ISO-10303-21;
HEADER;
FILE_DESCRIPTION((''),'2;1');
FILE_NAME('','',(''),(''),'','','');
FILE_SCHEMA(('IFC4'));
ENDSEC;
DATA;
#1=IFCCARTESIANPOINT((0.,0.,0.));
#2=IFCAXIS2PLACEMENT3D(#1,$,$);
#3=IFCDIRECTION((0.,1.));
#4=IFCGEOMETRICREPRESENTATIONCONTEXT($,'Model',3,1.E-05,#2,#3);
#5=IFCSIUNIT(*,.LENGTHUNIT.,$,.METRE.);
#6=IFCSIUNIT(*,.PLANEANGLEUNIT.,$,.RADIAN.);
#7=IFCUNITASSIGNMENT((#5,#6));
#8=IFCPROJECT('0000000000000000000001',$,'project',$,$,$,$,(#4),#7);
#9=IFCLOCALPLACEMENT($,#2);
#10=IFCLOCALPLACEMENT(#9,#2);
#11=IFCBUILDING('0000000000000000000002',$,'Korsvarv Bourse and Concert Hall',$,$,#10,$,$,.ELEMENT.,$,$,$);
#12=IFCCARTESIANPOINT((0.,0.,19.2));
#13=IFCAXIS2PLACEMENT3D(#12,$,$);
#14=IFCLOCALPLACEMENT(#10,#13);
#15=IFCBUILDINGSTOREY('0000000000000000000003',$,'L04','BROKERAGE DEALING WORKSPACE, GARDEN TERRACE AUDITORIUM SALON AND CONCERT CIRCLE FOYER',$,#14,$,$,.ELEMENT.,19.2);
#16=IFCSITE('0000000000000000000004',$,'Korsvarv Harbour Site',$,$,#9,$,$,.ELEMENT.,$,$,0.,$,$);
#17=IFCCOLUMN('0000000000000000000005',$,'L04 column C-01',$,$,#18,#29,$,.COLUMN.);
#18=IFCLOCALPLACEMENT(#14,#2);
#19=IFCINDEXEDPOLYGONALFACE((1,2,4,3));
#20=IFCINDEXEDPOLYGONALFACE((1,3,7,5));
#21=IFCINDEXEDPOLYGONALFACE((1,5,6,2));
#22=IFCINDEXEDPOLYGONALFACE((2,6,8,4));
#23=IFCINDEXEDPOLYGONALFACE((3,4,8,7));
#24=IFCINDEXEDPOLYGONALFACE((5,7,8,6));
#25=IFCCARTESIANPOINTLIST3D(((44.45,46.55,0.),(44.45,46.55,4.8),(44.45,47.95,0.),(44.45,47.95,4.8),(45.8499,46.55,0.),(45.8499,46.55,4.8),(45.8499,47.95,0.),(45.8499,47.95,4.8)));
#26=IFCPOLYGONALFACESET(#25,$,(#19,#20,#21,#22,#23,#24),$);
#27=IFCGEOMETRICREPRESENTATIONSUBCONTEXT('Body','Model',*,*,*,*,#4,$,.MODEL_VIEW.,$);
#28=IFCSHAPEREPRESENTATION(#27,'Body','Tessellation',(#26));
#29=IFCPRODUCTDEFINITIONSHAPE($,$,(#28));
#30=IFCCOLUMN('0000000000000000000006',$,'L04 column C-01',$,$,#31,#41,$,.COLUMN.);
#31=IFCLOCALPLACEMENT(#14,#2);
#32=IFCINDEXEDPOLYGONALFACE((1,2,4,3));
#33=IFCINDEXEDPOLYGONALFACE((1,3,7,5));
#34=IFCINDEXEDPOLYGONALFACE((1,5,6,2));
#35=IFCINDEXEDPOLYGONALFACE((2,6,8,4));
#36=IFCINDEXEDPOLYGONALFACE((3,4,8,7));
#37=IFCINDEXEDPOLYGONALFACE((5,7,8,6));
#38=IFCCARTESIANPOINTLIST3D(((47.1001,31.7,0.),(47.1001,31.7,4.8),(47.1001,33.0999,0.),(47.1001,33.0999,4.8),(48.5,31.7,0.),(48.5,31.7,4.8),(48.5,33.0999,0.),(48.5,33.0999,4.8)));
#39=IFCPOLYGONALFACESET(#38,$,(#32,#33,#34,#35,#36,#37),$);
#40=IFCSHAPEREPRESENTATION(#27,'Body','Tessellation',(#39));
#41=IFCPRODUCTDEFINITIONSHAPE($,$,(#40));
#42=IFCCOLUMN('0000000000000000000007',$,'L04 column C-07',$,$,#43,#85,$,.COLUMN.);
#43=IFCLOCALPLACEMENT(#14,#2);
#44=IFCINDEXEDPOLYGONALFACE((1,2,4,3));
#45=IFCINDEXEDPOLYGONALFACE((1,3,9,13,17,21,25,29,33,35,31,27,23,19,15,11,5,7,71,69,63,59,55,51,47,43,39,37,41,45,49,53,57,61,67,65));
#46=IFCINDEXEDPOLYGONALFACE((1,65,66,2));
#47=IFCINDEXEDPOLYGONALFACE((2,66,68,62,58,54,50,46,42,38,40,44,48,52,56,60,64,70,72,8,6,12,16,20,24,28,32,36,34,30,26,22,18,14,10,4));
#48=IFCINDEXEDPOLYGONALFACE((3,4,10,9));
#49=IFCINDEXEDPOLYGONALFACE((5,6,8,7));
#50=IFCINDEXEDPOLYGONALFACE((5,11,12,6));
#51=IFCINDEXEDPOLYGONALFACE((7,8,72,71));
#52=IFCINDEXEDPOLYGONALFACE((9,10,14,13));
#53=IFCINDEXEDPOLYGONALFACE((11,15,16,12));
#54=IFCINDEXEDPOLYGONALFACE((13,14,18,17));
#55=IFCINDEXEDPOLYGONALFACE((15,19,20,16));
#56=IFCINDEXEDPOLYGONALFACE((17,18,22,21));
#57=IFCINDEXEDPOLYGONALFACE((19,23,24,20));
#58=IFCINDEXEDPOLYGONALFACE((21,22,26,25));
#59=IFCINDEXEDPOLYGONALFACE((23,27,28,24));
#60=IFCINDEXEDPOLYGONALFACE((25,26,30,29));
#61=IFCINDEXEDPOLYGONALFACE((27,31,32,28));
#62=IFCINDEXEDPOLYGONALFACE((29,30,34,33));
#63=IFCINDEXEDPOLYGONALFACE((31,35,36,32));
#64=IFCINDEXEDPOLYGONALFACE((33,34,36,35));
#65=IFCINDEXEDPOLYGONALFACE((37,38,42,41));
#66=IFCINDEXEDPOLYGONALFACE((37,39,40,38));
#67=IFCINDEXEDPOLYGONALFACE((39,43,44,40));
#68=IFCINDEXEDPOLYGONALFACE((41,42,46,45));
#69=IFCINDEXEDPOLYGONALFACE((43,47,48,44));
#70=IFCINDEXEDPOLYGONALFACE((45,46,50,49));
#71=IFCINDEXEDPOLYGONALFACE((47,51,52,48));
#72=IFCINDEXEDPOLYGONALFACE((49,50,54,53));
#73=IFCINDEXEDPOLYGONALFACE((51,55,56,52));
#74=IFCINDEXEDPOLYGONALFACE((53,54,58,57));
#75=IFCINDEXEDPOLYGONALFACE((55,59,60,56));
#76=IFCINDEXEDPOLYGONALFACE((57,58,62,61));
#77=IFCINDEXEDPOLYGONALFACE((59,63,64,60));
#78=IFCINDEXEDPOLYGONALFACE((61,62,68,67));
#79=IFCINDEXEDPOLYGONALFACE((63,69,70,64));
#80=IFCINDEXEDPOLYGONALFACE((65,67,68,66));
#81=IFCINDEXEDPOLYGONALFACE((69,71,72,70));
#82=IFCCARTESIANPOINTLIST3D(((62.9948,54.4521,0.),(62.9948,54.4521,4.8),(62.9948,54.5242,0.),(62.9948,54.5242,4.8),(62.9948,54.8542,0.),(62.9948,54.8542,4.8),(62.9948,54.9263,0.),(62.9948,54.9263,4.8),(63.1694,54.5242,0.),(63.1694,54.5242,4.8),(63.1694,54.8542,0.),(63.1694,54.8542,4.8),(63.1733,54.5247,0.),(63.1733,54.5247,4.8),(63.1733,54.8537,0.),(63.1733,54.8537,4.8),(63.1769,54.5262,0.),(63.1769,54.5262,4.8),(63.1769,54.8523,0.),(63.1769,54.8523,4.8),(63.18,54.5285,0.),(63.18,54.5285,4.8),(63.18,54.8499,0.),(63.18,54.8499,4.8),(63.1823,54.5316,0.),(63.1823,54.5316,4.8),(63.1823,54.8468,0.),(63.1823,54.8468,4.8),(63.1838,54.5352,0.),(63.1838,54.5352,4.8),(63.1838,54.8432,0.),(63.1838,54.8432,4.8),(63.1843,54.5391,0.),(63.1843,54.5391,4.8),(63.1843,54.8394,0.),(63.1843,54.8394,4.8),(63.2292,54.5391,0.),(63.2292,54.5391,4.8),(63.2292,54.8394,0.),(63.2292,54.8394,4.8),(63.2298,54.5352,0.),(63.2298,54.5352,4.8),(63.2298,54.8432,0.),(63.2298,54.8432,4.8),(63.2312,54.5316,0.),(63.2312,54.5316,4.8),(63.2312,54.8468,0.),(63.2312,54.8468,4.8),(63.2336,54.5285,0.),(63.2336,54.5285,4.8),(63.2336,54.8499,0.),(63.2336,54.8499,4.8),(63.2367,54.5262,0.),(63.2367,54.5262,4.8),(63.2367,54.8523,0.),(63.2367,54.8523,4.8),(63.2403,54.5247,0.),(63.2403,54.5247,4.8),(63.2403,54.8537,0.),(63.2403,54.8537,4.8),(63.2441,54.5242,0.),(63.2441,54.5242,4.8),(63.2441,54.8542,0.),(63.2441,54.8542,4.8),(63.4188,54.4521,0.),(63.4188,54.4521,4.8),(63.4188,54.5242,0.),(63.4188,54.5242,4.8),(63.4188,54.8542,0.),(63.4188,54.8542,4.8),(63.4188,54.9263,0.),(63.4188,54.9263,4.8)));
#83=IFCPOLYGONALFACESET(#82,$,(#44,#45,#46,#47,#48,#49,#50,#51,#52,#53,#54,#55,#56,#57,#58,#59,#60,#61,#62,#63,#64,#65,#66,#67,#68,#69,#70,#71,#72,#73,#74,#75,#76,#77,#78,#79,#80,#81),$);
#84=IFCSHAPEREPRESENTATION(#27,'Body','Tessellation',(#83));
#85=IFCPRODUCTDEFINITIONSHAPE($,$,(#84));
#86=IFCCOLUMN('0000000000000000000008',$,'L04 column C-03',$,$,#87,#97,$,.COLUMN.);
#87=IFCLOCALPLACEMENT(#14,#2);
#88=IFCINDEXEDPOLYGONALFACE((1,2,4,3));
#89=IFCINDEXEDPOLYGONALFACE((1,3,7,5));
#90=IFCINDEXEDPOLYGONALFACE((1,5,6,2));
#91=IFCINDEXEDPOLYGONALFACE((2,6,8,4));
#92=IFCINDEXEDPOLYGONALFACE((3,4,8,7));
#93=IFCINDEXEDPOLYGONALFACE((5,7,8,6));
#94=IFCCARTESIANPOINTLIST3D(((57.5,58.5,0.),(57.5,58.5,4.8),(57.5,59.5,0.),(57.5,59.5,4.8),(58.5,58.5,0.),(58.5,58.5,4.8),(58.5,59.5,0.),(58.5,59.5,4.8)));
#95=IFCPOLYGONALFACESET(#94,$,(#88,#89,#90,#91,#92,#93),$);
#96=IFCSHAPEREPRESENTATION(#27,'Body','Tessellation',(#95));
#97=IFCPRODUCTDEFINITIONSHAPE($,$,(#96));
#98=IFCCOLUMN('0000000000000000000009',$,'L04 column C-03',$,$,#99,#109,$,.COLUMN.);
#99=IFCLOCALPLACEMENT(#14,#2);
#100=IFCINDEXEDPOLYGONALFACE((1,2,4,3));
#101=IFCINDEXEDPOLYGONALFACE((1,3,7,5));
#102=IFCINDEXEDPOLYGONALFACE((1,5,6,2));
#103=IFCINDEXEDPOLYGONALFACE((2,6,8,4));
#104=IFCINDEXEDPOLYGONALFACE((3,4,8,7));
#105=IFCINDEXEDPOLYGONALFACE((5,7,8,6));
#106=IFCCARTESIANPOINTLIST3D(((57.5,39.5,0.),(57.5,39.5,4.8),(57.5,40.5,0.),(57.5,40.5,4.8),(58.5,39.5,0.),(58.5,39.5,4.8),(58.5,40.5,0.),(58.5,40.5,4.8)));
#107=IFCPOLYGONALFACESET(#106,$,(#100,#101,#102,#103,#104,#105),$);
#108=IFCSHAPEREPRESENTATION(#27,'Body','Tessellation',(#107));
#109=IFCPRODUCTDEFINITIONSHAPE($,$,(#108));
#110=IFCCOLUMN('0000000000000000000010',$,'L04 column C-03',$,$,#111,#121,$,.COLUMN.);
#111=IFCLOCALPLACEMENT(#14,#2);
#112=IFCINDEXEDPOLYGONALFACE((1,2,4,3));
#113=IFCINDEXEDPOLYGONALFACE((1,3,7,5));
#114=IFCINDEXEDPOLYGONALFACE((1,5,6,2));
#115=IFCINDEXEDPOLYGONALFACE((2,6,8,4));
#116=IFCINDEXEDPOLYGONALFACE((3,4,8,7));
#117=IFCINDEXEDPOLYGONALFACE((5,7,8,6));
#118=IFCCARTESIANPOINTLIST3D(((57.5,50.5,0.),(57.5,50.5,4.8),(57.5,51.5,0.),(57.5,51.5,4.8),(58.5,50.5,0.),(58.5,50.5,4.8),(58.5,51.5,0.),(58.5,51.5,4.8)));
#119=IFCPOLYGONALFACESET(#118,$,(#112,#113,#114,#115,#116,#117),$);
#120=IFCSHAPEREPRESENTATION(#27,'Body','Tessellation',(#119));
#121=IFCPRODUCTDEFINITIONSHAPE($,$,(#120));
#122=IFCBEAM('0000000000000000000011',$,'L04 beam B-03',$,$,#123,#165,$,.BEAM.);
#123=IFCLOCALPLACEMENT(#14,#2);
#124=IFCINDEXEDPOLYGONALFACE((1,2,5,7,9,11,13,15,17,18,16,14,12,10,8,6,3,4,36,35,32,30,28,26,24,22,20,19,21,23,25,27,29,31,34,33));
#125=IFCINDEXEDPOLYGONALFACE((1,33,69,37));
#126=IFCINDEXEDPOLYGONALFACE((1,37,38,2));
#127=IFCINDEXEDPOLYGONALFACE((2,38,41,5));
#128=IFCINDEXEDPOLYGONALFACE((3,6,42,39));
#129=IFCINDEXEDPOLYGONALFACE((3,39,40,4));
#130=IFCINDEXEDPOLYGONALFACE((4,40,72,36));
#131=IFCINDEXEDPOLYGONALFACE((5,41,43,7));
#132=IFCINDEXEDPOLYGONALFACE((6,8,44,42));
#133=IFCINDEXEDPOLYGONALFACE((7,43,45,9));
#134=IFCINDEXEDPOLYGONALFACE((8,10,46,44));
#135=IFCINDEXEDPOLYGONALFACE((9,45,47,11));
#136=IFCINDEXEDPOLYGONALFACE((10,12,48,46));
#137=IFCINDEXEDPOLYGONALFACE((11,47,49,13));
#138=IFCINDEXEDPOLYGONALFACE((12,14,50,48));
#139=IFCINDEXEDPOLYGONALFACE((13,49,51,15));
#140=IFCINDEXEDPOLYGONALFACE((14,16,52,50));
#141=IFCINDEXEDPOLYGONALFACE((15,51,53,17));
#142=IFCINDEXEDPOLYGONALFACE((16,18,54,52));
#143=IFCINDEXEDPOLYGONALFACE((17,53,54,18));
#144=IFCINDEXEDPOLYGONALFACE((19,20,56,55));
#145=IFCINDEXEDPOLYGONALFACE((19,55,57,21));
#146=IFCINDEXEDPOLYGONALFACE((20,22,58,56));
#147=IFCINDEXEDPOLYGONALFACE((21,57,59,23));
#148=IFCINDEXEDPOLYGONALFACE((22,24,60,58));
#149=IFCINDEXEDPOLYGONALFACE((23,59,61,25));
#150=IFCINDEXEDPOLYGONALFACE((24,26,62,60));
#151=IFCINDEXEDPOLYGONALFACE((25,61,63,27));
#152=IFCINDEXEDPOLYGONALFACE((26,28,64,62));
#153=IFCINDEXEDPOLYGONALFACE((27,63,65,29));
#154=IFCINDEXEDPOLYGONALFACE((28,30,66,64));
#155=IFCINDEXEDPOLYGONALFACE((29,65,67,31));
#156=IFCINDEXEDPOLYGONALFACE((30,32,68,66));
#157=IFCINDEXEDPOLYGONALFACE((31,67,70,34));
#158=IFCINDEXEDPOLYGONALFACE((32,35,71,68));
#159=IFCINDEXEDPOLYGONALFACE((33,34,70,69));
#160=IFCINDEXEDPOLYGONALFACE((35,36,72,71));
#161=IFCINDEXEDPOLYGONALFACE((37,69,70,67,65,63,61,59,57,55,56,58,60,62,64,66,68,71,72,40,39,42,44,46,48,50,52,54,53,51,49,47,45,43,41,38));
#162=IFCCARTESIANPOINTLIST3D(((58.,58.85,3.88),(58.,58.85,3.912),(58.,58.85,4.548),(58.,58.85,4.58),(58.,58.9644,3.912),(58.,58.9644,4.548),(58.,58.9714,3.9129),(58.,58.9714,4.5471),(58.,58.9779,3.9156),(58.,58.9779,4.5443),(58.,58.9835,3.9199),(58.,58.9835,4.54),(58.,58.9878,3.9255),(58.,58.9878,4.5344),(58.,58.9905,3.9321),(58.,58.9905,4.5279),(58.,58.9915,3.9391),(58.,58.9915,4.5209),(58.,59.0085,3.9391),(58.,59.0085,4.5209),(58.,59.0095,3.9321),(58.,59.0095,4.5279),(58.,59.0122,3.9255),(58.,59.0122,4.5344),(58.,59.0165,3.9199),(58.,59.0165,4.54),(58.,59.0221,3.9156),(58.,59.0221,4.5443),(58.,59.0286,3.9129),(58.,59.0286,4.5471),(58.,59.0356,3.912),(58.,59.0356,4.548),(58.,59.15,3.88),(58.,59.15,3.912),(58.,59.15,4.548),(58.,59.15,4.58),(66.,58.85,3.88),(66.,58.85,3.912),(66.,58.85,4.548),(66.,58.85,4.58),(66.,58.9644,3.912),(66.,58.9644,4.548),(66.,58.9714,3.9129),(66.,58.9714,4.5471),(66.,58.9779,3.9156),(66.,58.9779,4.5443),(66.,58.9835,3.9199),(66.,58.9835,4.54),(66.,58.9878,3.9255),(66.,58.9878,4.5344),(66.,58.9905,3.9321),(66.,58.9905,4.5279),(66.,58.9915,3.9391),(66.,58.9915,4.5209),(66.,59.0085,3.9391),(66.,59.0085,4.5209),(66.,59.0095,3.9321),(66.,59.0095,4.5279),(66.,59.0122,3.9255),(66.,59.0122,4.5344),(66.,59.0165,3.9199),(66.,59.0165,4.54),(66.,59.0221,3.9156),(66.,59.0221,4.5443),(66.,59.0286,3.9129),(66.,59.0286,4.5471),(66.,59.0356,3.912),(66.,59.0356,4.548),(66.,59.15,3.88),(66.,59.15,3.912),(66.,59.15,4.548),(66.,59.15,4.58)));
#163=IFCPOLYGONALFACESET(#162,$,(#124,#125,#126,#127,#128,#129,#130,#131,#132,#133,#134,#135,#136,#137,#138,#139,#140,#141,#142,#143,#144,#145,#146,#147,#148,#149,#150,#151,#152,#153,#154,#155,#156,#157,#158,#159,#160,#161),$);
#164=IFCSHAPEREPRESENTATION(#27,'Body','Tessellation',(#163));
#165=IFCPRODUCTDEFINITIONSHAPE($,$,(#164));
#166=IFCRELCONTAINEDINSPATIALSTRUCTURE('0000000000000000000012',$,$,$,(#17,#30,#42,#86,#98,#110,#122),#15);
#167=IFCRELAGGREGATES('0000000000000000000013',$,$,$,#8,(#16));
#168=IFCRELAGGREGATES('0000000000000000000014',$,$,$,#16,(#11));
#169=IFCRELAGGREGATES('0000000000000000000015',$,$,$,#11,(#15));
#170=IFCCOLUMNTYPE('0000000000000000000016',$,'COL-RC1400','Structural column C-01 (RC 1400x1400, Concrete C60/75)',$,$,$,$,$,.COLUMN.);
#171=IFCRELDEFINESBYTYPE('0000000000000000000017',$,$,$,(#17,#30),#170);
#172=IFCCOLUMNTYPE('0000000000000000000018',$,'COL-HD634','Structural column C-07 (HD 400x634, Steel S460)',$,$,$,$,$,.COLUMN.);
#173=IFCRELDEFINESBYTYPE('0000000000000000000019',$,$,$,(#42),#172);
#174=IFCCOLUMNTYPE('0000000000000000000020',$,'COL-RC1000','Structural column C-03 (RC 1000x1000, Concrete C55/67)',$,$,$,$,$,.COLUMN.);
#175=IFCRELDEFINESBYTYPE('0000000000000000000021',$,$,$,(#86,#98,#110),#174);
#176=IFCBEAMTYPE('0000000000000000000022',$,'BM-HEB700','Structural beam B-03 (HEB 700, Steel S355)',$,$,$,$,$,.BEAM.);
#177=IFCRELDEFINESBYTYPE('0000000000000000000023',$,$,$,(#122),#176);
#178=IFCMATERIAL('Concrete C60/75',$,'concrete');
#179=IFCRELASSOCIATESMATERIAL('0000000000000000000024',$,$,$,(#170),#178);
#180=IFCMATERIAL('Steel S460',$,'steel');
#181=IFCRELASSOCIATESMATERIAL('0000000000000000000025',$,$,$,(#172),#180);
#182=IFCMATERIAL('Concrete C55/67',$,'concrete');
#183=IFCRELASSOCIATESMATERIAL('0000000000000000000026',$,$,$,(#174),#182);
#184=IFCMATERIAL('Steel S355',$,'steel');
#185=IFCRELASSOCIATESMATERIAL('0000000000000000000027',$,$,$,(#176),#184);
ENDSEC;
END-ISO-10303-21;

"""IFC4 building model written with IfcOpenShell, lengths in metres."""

from ifc_helpers import new_model, si_unit, direction, frame, origin, origin_2d, place, context, subcontext, project, spatial, rectangle, i_section, extrude, source, transform, mapped, material, material_profile, profile_set, type_object, element, save


model = new_model("IFC4")

# Units and contexts
model_context = context("Model", 3, precision=1e-05, world=origin(), true_north=direction((0.0, 1.0)))
body_context = subcontext(model_context, "Body", "Model", "MODEL_VIEW")
ifc_project = project(units=[si_unit("LENGTHUNIT", "METRE"), si_unit("PLANEANGLEUNIT", "RADIAN")], contexts=[model_context])

# Site, building, storey
site_placement = place(None, origin())
site = spatial("IfcSite", under=ifc_project, at=site_placement, Name="Korsvarv Harbour Site", CompositionType="ELEMENT", RefElevation=0.0)
building_placement = place(site_placement, origin())
building = spatial("IfcBuilding", under=site, at=building_placement, Name="Korsvarv Bourse and Concert Hall", CompositionType="ELEMENT")
storey_placement = place(building_placement, frame((0.0, 0.0, 19.2)))
storey = spatial("IfcBuildingStorey", under=building, at=storey_placement, Name="L04", Description="BROKERAGE DEALING WORKSPACE, GARDEN TERRACE AUDITORIUM SALON AND CONCERT CIRCLE FOYER", CompositionType="ELEMENT", Elevation=19.2)

# Columns
ifc_material_1 = material(Name="Concrete C60/75", Category="concrete")
ifc_material_profile_1 = material_profile(ifc_material_1, rectangle(XDim=1.3999, YDim=1.3999, at=origin_2d()), Name="RC 1400x1400")
ifc_profile_set_1 = profile_set([ifc_material_profile_1], Name="Concrete C60/75")
column_type_1 = type_object("IfcColumnType", Name="COL-RC1400", Description="Structural column C-01 (RC 1400x1400, Concrete C60/75)", PredefinedType="COLUMN", material=ifc_profile_set_1)
shared_shape_1 = source(origin(), body_context, "Body", "SweptSolid", [
    extrude(rectangle(XDim=1.3999, YDim=1.3999, at=origin_2d()), origin(), (0.0, 0.0, 1.0), 4.8),
])
for number, where, z_axis, x_axis, name in (
    (1, (45.1499, 47.25, 0.0), (0.0, 0.0, 1.0), (1.0, 0.0, 0.0), "L04 column C-01"),
    (2, (47.8, 32.3999, 0.0), (0.0, 0.0, 1.0), (1.0, 0.0, 0.0), "L04 column C-01"),
):
    element("IfcColumn", number, at=place(storey_placement, frame(where, z_axis=z_axis, x_axis=x_axis)), inside=storey, type_object=column_type_1, Name=name, PredefinedType="COLUMN", context=body_context, shape_type="MappedRepresentation", body=[
        mapped(shared_shape_1, transform((0.0, 0.0, 0.0), scale=1.0)),
    ])
ifc_material_2 = material(Name="Steel S460", Category="steel")
ifc_material_profile_2 = material_profile(ifc_material_2, i_section(OverallWidth=0.4241, OverallDepth=0.4741, WebThickness=0.0449, FlangeThickness=0.072, FilletRadius=0.0149, at=origin_2d()), Name="HD 400x634")
ifc_profile_set_2 = profile_set([ifc_material_profile_2], Name="Steel S460")
column_type_2 = type_object("IfcColumnType", Name="COL-HD634", Description="Structural column C-07 (HD 400x634, Steel S460)", PredefinedType="COLUMN", material=ifc_profile_set_2)
shared_shape_2 = source(origin(), body_context, "Body", "SweptSolid", [
    extrude(i_section(OverallWidth=0.4241, OverallDepth=0.4741, WebThickness=0.0449, FlangeThickness=0.072, FilletRadius=0.0149, at=origin_2d()), origin(), (0.0, 0.0, 1.0), 4.8),
])
column_placement = place(storey_placement, frame((63.2068, 54.6892, 0.0), z_axis=(0.0, 0.0, 1.0), x_axis=(1.0, 0.0, 0.0)))
element("IfcColumn", 3, at=column_placement, inside=storey, type_object=column_type_2, Name="L04 column C-07", PredefinedType="COLUMN", context=body_context, shape_type="MappedRepresentation", body=[
    mapped(shared_shape_2, transform((0.0, 0.0, 0.0), scale=1.0)),
])
ifc_material_3 = material(Name="Concrete C55/67", Category="concrete")
ifc_material_profile_3 = material_profile(ifc_material_3, rectangle(XDim=1.0, YDim=1.0, at=origin_2d()), Name="RC 1000x1000")
ifc_profile_set_3 = profile_set([ifc_material_profile_3], Name="Concrete C55/67")
column_type_3 = type_object("IfcColumnType", Name="COL-RC1000", Description="Structural column C-03 (RC 1000x1000, Concrete C55/67)", PredefinedType="COLUMN", material=ifc_profile_set_3)
shared_shape_3 = source(origin(), body_context, "Body", "SweptSolid", [
    extrude(rectangle(XDim=1.0, YDim=1.0, at=origin_2d()), origin(), (0.0, 0.0, 1.0), 4.8),
])
for number, where, z_axis, x_axis, name in (
    (4, (58.0, 59.0, 0.0), (0.0, 0.0, 1.0), (1.0, 0.0, 0.0), "L04 column C-03"),
    (5, (58.0, 40.0, 0.0), (0.0, 0.0, 1.0), (1.0, 0.0, 0.0), "L04 column C-03"),
    (6, (58.0, 51.0, 0.0), (0.0, 0.0, 1.0), (1.0, 0.0, 0.0), "L04 column C-03"),
):
    element("IfcColumn", number, at=place(storey_placement, frame(where, z_axis=z_axis, x_axis=x_axis)), inside=storey, type_object=column_type_3, Name=name, PredefinedType="COLUMN", context=body_context, shape_type="MappedRepresentation", body=[
        mapped(shared_shape_3, transform((0.0, 0.0, 0.0), scale=1.0)),
    ])

# Beam
ifc_material_4 = material(Name="Steel S355", Category="steel")
ifc_material_profile_4 = material_profile(ifc_material_4, i_section(OverallWidth=0.3, OverallDepth=0.7, WebThickness=0.0171, FlangeThickness=0.032, FilletRadius=0.0271, at=origin_2d()), Name="HEB 700")
ifc_profile_set_4 = profile_set([ifc_material_profile_4], Name="Steel S355")
beam_type = type_object("IfcBeamType", Name="BM-HEB700", Description="Structural beam B-03 (HEB 700, Steel S355)", PredefinedType="BEAM", material=ifc_profile_set_4)
shared_shape_4 = source(origin(), body_context, "Body", "SweptSolid", [
    extrude(i_section(OverallWidth=0.3, OverallDepth=0.7, WebThickness=0.0171, FlangeThickness=0.032, FilletRadius=0.0271, at=origin_2d()), origin(), (0.0, 0.0, 1.0), 8.0),
])
beam_1_placement = place(storey_placement, frame((58.0, 59.0, 4.23), z_axis=(1.0, 0.0, 0.0), x_axis=(0.0, 1.0, 0.0)))
element("IfcBeam", 7, at=beam_1_placement, inside=storey, type_object=beam_type, Name="L04 beam B-03", PredefinedType="BEAM", context=body_context, shape_type="MappedRepresentation", body=[
    mapped(shared_shape_4, transform((0.0, 0.0, 0.0), scale=1.0)),
])

save(model, "model.ifc")
